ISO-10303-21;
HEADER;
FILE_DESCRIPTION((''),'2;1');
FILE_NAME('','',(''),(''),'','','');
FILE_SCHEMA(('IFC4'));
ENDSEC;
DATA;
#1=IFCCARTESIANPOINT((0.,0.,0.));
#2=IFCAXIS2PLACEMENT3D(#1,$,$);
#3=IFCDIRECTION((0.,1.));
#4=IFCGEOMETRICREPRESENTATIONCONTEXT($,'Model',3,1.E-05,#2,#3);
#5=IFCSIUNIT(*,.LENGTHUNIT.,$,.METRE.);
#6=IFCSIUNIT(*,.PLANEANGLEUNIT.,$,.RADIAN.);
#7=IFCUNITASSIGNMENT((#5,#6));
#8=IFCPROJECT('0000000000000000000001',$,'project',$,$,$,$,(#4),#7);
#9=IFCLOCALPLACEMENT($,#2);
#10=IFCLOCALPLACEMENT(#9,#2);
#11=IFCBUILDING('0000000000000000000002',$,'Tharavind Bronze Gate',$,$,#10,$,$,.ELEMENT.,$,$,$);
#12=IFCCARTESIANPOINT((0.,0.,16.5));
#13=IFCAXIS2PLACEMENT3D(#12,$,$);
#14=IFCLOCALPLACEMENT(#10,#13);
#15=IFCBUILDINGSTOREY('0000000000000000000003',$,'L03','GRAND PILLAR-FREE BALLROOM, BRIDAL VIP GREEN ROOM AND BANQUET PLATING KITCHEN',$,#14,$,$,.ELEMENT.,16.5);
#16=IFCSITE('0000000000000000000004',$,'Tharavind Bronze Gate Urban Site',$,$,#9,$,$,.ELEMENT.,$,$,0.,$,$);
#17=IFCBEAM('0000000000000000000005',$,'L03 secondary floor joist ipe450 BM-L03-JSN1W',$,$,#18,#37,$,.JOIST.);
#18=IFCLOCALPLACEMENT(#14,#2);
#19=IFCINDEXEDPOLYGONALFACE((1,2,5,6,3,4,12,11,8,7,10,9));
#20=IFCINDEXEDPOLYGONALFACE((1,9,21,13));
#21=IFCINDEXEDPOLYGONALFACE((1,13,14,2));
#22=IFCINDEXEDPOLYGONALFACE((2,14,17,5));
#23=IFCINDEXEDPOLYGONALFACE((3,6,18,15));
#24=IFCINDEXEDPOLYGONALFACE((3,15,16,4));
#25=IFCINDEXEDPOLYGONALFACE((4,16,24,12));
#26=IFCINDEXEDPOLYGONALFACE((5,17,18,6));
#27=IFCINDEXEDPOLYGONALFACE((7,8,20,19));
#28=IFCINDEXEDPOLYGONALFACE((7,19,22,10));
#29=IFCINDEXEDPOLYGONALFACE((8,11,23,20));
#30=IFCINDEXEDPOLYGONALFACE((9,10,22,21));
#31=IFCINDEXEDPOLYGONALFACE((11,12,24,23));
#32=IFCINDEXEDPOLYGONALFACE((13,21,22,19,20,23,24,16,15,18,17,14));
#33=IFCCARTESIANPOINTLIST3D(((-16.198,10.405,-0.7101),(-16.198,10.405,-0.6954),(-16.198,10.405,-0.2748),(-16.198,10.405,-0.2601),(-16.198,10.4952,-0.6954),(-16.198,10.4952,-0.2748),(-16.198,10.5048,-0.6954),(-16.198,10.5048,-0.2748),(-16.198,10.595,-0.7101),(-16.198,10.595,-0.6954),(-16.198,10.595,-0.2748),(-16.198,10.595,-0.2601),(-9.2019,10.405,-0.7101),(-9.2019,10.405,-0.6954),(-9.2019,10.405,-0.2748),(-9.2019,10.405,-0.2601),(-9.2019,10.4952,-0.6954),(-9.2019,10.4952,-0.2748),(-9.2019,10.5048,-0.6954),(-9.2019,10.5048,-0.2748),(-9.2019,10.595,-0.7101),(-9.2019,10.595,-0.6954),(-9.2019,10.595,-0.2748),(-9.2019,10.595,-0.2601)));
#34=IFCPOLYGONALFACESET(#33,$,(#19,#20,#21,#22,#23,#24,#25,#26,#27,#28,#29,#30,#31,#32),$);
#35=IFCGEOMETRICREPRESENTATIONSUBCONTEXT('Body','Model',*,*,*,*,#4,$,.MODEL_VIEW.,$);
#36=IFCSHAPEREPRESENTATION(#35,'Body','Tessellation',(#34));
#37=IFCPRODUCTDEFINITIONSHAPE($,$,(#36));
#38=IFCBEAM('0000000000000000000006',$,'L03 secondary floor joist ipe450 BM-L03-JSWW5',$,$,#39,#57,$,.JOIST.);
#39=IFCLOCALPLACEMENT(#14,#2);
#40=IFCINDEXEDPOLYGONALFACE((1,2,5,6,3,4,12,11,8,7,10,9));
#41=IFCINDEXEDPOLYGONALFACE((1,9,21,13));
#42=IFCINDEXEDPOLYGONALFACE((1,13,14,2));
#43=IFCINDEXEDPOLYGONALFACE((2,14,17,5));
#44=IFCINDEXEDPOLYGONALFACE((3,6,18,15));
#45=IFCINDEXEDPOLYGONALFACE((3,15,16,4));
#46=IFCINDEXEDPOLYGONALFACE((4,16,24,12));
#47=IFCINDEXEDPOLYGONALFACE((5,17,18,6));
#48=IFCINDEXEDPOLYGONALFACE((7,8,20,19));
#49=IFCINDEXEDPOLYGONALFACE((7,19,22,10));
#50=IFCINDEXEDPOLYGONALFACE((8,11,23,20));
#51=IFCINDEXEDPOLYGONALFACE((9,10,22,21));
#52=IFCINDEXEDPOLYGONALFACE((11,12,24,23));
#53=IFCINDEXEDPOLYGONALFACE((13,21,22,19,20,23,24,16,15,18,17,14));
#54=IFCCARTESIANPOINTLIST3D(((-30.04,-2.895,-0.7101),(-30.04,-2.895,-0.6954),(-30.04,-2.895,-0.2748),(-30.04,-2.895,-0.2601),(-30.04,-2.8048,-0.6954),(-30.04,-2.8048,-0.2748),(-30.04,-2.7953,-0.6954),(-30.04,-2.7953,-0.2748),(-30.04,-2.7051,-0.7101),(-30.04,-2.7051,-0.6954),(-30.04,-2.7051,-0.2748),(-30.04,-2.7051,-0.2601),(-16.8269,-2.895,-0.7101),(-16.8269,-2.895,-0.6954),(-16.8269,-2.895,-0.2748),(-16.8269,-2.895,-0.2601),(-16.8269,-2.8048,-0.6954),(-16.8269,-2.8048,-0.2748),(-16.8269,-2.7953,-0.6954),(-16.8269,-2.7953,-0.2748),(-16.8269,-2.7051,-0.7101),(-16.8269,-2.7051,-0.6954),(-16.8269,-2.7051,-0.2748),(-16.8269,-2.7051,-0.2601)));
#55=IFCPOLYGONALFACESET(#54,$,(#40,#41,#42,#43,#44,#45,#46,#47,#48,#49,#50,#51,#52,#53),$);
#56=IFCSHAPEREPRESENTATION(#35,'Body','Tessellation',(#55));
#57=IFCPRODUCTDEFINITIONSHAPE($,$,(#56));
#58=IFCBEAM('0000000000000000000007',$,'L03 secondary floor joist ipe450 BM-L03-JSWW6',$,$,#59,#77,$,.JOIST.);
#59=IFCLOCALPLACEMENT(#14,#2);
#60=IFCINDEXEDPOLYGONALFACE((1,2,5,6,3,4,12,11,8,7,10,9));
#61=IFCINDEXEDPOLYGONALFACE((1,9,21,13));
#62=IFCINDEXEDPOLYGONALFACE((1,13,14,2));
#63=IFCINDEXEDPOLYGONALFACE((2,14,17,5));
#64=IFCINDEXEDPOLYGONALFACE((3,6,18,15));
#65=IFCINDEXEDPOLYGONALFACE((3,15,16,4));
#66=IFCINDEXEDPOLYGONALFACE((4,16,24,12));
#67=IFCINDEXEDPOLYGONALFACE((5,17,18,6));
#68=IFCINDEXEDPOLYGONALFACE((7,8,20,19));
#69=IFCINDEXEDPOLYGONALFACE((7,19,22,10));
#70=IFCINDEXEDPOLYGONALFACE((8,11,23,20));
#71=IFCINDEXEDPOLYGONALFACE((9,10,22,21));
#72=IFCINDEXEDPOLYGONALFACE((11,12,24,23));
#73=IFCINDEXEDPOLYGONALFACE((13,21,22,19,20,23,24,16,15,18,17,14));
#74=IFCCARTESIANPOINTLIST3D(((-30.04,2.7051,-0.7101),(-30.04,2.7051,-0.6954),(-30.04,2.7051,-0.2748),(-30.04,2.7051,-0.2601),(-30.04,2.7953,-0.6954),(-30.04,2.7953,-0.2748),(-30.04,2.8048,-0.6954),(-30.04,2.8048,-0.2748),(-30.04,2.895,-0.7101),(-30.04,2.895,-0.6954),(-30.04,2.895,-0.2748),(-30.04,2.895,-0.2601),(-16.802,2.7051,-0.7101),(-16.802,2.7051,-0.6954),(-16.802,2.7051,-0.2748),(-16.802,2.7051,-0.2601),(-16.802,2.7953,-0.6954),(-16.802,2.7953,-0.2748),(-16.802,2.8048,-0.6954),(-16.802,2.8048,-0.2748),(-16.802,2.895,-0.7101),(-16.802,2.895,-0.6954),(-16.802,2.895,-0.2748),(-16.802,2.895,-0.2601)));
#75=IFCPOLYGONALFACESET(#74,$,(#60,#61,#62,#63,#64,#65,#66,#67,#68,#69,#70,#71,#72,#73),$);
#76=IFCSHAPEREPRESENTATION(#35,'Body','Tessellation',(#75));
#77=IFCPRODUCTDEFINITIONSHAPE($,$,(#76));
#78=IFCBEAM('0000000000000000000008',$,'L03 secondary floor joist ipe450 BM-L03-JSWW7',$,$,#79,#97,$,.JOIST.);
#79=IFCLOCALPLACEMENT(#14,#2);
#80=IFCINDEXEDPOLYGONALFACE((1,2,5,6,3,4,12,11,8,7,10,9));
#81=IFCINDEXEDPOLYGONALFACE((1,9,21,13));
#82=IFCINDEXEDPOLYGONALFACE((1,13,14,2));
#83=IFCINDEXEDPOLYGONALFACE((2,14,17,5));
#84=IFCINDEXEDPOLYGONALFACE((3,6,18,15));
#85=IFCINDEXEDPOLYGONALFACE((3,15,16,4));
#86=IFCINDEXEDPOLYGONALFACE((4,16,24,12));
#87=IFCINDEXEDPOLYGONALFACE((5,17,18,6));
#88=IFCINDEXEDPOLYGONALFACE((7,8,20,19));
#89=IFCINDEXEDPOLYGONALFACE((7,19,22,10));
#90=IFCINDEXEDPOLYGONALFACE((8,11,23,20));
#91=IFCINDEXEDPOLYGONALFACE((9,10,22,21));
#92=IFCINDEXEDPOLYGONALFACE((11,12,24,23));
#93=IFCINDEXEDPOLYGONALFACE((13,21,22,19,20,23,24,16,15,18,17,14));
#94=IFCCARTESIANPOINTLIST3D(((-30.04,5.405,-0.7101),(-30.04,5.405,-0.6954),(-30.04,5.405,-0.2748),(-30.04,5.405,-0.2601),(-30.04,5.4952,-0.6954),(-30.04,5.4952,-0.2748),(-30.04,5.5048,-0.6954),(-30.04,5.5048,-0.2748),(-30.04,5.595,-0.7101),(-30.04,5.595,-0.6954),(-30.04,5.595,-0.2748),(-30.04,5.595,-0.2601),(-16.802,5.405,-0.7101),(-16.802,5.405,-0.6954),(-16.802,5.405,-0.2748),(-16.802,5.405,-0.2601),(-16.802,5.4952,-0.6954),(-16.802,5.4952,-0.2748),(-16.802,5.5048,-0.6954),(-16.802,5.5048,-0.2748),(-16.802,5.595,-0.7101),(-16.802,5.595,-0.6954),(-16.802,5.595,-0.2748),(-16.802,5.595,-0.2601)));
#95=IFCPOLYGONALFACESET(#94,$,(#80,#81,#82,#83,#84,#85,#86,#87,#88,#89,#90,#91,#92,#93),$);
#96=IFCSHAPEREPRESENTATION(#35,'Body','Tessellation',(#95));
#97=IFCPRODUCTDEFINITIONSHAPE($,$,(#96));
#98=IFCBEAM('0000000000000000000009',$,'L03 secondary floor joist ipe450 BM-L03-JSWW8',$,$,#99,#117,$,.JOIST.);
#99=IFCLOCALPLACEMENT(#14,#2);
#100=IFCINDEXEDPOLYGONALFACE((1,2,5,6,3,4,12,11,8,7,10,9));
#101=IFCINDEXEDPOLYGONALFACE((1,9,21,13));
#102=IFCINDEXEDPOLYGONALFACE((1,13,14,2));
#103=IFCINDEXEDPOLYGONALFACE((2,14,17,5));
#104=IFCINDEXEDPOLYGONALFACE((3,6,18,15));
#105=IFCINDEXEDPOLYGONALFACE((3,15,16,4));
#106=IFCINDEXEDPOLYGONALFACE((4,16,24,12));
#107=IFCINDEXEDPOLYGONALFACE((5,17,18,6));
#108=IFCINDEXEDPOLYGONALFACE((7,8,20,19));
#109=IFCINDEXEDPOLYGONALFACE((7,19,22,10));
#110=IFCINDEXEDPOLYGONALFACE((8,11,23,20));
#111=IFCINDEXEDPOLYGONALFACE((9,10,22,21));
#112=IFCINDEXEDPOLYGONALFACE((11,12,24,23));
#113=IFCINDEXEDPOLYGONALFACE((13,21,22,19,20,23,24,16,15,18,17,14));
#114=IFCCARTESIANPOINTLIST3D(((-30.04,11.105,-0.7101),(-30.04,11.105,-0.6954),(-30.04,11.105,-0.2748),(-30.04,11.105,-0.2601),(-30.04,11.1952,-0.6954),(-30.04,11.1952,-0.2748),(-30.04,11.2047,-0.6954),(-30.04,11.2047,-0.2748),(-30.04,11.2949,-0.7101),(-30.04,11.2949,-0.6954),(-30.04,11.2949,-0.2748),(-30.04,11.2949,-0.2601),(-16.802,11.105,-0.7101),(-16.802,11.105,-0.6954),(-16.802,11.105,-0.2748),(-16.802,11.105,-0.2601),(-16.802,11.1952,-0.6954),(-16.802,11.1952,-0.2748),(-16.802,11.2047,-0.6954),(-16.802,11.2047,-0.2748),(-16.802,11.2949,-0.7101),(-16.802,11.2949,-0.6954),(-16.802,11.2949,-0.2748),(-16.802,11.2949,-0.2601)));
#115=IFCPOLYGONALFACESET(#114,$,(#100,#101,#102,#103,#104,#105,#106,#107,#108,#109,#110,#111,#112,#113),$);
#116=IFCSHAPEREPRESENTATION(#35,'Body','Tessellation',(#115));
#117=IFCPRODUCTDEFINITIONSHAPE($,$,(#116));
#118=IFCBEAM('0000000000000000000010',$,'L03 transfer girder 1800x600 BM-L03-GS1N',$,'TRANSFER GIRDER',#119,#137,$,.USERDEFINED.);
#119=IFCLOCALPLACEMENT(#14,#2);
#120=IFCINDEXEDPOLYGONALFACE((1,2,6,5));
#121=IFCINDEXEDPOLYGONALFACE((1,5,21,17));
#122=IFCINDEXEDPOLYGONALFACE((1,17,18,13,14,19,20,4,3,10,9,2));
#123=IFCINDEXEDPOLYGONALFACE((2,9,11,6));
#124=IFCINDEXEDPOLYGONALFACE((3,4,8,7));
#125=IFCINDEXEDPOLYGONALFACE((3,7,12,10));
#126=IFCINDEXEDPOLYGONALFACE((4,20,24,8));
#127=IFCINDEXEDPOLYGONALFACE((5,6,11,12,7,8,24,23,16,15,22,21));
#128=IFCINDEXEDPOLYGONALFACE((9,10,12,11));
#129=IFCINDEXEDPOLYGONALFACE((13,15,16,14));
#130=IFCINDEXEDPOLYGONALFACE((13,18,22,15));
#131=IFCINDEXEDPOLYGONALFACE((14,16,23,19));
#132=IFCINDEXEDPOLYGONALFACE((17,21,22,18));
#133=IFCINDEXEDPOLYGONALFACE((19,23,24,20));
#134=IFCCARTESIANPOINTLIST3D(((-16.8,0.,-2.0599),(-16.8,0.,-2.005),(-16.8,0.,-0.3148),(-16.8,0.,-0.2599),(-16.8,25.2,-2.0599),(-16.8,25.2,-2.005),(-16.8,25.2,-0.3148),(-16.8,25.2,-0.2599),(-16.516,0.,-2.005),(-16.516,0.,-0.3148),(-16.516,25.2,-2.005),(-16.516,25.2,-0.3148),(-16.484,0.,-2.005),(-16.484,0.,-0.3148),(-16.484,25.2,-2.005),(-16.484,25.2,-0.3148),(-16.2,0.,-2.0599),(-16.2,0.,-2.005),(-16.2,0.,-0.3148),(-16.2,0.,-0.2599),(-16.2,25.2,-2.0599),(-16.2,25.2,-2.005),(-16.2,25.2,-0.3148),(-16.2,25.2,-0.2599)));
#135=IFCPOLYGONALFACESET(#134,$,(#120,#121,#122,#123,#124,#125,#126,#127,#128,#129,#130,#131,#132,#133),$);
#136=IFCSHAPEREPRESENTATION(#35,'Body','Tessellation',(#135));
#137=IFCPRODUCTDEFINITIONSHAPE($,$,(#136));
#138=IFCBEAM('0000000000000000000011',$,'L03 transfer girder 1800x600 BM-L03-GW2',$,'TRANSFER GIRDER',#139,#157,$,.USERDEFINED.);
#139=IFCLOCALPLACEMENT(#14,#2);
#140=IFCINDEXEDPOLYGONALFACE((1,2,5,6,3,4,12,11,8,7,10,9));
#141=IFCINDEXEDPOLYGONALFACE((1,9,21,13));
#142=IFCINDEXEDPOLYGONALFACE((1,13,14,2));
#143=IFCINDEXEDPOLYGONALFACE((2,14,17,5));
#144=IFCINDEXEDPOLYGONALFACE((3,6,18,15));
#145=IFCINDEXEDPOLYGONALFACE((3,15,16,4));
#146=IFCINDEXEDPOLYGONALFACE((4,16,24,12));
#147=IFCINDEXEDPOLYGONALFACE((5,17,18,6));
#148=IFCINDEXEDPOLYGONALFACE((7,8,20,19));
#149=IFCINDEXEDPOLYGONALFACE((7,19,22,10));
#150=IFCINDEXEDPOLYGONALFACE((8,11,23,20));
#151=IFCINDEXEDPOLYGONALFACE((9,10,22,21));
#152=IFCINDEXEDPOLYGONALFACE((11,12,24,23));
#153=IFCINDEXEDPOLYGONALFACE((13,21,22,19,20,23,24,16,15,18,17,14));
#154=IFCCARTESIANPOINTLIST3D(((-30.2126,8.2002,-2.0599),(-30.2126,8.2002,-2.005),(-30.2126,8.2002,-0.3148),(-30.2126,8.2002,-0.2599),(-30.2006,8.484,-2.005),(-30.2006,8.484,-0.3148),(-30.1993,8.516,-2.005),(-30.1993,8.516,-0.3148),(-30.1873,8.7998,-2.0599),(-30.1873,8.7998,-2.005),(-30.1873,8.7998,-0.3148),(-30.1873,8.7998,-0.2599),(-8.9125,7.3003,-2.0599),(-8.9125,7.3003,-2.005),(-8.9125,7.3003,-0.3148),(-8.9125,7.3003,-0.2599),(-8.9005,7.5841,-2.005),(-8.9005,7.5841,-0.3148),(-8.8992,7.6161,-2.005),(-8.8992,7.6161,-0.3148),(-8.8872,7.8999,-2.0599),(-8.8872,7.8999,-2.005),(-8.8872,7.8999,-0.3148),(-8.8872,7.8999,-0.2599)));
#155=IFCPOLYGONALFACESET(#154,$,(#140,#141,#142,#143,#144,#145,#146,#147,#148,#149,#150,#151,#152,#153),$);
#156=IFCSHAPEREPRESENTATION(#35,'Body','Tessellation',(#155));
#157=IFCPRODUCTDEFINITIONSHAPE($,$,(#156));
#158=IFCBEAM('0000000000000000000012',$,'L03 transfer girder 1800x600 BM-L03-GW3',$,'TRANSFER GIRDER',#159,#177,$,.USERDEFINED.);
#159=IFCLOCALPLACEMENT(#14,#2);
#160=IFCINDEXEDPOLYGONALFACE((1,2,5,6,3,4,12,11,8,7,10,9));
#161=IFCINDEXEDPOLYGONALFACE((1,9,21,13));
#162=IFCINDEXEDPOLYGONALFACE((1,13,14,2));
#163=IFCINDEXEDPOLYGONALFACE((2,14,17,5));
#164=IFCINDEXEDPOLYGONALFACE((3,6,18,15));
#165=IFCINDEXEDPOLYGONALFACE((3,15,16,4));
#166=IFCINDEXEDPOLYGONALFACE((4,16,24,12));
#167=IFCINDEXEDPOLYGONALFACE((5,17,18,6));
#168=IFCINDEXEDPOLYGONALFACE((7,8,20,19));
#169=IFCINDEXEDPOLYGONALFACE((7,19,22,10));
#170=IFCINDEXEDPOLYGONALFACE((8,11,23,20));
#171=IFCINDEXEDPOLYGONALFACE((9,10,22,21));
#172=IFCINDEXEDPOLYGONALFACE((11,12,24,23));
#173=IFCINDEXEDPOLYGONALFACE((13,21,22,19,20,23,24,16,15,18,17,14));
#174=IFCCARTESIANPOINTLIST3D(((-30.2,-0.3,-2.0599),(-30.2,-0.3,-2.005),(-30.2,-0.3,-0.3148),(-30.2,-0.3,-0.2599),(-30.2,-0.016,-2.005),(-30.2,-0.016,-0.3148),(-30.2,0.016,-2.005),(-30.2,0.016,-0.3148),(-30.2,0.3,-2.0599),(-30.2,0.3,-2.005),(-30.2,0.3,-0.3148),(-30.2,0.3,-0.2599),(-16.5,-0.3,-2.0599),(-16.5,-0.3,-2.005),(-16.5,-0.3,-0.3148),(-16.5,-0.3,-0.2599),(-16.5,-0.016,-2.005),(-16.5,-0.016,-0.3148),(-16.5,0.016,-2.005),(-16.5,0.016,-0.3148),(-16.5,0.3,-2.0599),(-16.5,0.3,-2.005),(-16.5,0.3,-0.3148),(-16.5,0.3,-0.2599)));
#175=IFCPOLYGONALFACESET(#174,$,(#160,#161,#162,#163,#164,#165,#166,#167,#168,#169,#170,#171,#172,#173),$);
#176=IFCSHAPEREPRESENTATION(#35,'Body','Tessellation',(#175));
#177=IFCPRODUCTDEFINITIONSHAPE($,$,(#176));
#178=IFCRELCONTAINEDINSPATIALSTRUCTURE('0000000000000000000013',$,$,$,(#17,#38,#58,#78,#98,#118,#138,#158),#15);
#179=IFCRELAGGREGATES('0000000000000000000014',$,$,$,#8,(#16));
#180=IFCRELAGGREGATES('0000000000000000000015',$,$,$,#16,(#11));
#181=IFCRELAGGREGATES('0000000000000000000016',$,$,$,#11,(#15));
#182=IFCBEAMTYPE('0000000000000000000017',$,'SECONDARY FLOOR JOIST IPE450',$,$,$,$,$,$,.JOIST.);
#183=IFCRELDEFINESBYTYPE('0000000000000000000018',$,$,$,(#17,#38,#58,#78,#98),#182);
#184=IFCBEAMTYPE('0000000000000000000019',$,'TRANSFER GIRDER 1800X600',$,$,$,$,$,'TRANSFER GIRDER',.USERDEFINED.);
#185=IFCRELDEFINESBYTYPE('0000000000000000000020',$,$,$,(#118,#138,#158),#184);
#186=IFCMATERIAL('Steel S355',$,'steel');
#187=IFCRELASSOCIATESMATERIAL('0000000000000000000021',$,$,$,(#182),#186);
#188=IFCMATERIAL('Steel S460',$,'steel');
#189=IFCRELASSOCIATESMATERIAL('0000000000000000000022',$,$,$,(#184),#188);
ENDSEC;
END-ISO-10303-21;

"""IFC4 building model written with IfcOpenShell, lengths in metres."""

from ifc_helpers import new_model, si_unit, direction, frame, origin, origin_2d, place, context, subcontext, project, spatial, i_section, extrude, material, material_profile, profile_set, type_object, element, save


model = new_model("IFC4")

# Units and contexts
model_context = context("Model", 3, precision=1e-05, world=origin(), true_north=direction((0.0, 1.0)))
body_context = subcontext(model_context, "Body", "Model", "MODEL_VIEW")
ifc_project = project(units=[si_unit("LENGTHUNIT", "METRE"), si_unit("PLANEANGLEUNIT", "RADIAN")], contexts=[model_context])

# Site, building, storey
site_placement = place(None, origin())
site = spatial("IfcSite", under=ifc_project, at=site_placement, Name="Tharavind Bronze Gate Urban Site", CompositionType="ELEMENT", RefElevation=0.0)
building_placement = place(site_placement, origin())
building = spatial("IfcBuilding", under=site, at=building_placement, Name="Tharavind Bronze Gate", CompositionType="ELEMENT")
storey_placement = place(building_placement, frame((0.0, 0.0, 16.5)))
storey = spatial("IfcBuildingStorey", under=building, at=storey_placement, Name="L03", Description="GRAND PILLAR-FREE BALLROOM, BRIDAL VIP GREEN ROOM AND BANQUET PLATING KITCHEN", CompositionType="ELEMENT", Elevation=16.5)

# Shared definitions
ifc_material_1 = material(Name="Steel S460", Category="steel")

# Beams
ifc_material_2 = material(Name="Steel S355", Category="steel")
ifc_material_profile_1 = material_profile(ifc_material_2, i_section(OverallWidth=0.1899, OverallDepth=0.45, WebThickness=0.0095, FlangeThickness=0.0146, at=origin_2d()), Name="IPE450")
ifc_profile_set_1 = profile_set([ifc_material_profile_1], Name="Steel S355")
beam_type_1 = type_object("IfcBeamType", Name="SECONDARY FLOOR JOIST IPE450", PredefinedType="JOIST", material=ifc_profile_set_1)
beam_1_placement = place(storey_placement, frame((-16.198, 10.5, -0.4851), z_axis=(1.0, 0.0, 0.0), x_axis=(0.0, 1.0, 0.0)))
element("IfcBeam", 1, at=beam_1_placement, inside=storey, type_object=beam_type_1, Name="L03 secondary floor joist ipe450 BM-L03-JSN1W", PredefinedType="JOIST", context=body_context, shape_type="SweptSolid", body=[
    extrude(i_section(OverallWidth=0.1899, OverallDepth=0.45, WebThickness=0.0095, FlangeThickness=0.0146, at=origin_2d()), origin(), (0.0, 0.0, 1.0), 6.9961),
])
beam_2_placement = place(storey_placement, frame((-30.04, -2.8, -0.4851), z_axis=(1.0, 0.0, 0.0), x_axis=(0.0, 1.0, 0.0)))
element("IfcBeam", 2, at=beam_2_placement, inside=storey, type_object=beam_type_1, Name="L03 secondary floor joist ipe450 BM-L03-JSWW5", PredefinedType="JOIST", context=body_context, shape_type="SweptSolid", body=[
    extrude(i_section(OverallWidth=0.1899, OverallDepth=0.45, WebThickness=0.0095, FlangeThickness=0.0146, at=origin_2d()), origin(), (0.0, 0.0, 1.0), 13.2131),
])
for number, where, z_axis, x_axis, name in (
    (3, (-30.04, 2.8, -0.4851), (1.0, 0.0, 0.0), (0.0, 1.0, 0.0), "L03 secondary floor joist ipe450 BM-L03-JSWW6"),
    (4, (-30.04, 5.5, -0.4851), (1.0, 0.0, 0.0), (0.0, 1.0, 0.0), "L03 secondary floor joist ipe450 BM-L03-JSWW7"),
    (5, (-30.04, 11.2, -0.4851), (1.0, 0.0, 0.0), (0.0, 1.0, 0.0), "L03 secondary floor joist ipe450 BM-L03-JSWW8"),
):
    element("IfcBeam", number, at=place(storey_placement, frame(where, z_axis=z_axis, x_axis=x_axis)), inside=storey, type_object=beam_type_1, Name=name, PredefinedType="JOIST", context=body_context, shape_type="SweptSolid", body=[
        extrude(i_section(OverallWidth=0.1899, OverallDepth=0.45, WebThickness=0.0095, FlangeThickness=0.0146, at=origin_2d()), origin(), (0.0, 0.0, 1.0), 13.238),
    ])
ifc_material_profile_2 = material_profile(ifc_material_1, i_section(OverallWidth=0.6001, OverallDepth=1.8, WebThickness=0.032, FlangeThickness=0.0549, at=origin_2d()), Name="PG1800X600")
ifc_profile_set_2 = profile_set([ifc_material_profile_2], Name="Steel S460")
beam_type_2 = type_object("IfcBeamType", Name="TRANSFER GIRDER 1800X600", ElementType="TRANSFER GIRDER", PredefinedType="USERDEFINED", material=ifc_profile_set_2)
beam_3_placement = place(storey_placement, frame((-16.5, 0.0, -1.1599), z_axis=(0.0, 1.0, 0.0), x_axis=(-1.0, 0.0, 0.0)))
element("IfcBeam", 6, at=beam_3_placement, inside=storey, type_object=beam_type_2, Name="L03 transfer girder 1800x600 BM-L03-GS1N", ObjectType="TRANSFER GIRDER", PredefinedType="USERDEFINED", context=body_context, shape_type="SweptSolid", body=[
    extrude(i_section(OverallWidth=0.6001, OverallDepth=1.8, WebThickness=0.032, FlangeThickness=0.0549, at=origin_2d()), origin(), (0.0, 0.0, 1.0), 25.2),
])
beam_4_placement = place(storey_placement, frame((-30.2, 8.5, -1.1599), z_axis=(0.999109, -0.042211, 0.0), x_axis=(0.042211, 0.999109, 0.0)))
element("IfcBeam", 7, at=beam_4_placement, inside=storey, type_object=beam_type_2, Name="L03 transfer girder 1800x600 BM-L03-GW2", ObjectType="TRANSFER GIRDER", PredefinedType="USERDEFINED", context=body_context, shape_type="SweptSolid", body=[
    extrude(i_section(OverallWidth=0.6001, OverallDepth=1.8, WebThickness=0.032, FlangeThickness=0.0549, at=origin_2d()), origin(), (0.0, 0.0, 1.0), 21.3191),
])
beam_5_placement = place(storey_placement, frame((-30.2, 0.0, -1.1599), z_axis=(1.0, 0.0, 0.0), x_axis=(0.0, 1.0, 0.0)))
element("IfcBeam", 8, at=beam_5_placement, inside=storey, type_object=beam_type_2, Name="L03 transfer girder 1800x600 BM-L03-GW3", ObjectType="TRANSFER GIRDER", PredefinedType="USERDEFINED", context=body_context, shape_type="SweptSolid", body=[
    extrude(i_section(OverallWidth=0.6001, OverallDepth=1.8, WebThickness=0.032, FlangeThickness=0.0549, at=origin_2d()), origin(), (0.0, 0.0, 1.0), 13.7),
])

save(model, "model.ifc")
